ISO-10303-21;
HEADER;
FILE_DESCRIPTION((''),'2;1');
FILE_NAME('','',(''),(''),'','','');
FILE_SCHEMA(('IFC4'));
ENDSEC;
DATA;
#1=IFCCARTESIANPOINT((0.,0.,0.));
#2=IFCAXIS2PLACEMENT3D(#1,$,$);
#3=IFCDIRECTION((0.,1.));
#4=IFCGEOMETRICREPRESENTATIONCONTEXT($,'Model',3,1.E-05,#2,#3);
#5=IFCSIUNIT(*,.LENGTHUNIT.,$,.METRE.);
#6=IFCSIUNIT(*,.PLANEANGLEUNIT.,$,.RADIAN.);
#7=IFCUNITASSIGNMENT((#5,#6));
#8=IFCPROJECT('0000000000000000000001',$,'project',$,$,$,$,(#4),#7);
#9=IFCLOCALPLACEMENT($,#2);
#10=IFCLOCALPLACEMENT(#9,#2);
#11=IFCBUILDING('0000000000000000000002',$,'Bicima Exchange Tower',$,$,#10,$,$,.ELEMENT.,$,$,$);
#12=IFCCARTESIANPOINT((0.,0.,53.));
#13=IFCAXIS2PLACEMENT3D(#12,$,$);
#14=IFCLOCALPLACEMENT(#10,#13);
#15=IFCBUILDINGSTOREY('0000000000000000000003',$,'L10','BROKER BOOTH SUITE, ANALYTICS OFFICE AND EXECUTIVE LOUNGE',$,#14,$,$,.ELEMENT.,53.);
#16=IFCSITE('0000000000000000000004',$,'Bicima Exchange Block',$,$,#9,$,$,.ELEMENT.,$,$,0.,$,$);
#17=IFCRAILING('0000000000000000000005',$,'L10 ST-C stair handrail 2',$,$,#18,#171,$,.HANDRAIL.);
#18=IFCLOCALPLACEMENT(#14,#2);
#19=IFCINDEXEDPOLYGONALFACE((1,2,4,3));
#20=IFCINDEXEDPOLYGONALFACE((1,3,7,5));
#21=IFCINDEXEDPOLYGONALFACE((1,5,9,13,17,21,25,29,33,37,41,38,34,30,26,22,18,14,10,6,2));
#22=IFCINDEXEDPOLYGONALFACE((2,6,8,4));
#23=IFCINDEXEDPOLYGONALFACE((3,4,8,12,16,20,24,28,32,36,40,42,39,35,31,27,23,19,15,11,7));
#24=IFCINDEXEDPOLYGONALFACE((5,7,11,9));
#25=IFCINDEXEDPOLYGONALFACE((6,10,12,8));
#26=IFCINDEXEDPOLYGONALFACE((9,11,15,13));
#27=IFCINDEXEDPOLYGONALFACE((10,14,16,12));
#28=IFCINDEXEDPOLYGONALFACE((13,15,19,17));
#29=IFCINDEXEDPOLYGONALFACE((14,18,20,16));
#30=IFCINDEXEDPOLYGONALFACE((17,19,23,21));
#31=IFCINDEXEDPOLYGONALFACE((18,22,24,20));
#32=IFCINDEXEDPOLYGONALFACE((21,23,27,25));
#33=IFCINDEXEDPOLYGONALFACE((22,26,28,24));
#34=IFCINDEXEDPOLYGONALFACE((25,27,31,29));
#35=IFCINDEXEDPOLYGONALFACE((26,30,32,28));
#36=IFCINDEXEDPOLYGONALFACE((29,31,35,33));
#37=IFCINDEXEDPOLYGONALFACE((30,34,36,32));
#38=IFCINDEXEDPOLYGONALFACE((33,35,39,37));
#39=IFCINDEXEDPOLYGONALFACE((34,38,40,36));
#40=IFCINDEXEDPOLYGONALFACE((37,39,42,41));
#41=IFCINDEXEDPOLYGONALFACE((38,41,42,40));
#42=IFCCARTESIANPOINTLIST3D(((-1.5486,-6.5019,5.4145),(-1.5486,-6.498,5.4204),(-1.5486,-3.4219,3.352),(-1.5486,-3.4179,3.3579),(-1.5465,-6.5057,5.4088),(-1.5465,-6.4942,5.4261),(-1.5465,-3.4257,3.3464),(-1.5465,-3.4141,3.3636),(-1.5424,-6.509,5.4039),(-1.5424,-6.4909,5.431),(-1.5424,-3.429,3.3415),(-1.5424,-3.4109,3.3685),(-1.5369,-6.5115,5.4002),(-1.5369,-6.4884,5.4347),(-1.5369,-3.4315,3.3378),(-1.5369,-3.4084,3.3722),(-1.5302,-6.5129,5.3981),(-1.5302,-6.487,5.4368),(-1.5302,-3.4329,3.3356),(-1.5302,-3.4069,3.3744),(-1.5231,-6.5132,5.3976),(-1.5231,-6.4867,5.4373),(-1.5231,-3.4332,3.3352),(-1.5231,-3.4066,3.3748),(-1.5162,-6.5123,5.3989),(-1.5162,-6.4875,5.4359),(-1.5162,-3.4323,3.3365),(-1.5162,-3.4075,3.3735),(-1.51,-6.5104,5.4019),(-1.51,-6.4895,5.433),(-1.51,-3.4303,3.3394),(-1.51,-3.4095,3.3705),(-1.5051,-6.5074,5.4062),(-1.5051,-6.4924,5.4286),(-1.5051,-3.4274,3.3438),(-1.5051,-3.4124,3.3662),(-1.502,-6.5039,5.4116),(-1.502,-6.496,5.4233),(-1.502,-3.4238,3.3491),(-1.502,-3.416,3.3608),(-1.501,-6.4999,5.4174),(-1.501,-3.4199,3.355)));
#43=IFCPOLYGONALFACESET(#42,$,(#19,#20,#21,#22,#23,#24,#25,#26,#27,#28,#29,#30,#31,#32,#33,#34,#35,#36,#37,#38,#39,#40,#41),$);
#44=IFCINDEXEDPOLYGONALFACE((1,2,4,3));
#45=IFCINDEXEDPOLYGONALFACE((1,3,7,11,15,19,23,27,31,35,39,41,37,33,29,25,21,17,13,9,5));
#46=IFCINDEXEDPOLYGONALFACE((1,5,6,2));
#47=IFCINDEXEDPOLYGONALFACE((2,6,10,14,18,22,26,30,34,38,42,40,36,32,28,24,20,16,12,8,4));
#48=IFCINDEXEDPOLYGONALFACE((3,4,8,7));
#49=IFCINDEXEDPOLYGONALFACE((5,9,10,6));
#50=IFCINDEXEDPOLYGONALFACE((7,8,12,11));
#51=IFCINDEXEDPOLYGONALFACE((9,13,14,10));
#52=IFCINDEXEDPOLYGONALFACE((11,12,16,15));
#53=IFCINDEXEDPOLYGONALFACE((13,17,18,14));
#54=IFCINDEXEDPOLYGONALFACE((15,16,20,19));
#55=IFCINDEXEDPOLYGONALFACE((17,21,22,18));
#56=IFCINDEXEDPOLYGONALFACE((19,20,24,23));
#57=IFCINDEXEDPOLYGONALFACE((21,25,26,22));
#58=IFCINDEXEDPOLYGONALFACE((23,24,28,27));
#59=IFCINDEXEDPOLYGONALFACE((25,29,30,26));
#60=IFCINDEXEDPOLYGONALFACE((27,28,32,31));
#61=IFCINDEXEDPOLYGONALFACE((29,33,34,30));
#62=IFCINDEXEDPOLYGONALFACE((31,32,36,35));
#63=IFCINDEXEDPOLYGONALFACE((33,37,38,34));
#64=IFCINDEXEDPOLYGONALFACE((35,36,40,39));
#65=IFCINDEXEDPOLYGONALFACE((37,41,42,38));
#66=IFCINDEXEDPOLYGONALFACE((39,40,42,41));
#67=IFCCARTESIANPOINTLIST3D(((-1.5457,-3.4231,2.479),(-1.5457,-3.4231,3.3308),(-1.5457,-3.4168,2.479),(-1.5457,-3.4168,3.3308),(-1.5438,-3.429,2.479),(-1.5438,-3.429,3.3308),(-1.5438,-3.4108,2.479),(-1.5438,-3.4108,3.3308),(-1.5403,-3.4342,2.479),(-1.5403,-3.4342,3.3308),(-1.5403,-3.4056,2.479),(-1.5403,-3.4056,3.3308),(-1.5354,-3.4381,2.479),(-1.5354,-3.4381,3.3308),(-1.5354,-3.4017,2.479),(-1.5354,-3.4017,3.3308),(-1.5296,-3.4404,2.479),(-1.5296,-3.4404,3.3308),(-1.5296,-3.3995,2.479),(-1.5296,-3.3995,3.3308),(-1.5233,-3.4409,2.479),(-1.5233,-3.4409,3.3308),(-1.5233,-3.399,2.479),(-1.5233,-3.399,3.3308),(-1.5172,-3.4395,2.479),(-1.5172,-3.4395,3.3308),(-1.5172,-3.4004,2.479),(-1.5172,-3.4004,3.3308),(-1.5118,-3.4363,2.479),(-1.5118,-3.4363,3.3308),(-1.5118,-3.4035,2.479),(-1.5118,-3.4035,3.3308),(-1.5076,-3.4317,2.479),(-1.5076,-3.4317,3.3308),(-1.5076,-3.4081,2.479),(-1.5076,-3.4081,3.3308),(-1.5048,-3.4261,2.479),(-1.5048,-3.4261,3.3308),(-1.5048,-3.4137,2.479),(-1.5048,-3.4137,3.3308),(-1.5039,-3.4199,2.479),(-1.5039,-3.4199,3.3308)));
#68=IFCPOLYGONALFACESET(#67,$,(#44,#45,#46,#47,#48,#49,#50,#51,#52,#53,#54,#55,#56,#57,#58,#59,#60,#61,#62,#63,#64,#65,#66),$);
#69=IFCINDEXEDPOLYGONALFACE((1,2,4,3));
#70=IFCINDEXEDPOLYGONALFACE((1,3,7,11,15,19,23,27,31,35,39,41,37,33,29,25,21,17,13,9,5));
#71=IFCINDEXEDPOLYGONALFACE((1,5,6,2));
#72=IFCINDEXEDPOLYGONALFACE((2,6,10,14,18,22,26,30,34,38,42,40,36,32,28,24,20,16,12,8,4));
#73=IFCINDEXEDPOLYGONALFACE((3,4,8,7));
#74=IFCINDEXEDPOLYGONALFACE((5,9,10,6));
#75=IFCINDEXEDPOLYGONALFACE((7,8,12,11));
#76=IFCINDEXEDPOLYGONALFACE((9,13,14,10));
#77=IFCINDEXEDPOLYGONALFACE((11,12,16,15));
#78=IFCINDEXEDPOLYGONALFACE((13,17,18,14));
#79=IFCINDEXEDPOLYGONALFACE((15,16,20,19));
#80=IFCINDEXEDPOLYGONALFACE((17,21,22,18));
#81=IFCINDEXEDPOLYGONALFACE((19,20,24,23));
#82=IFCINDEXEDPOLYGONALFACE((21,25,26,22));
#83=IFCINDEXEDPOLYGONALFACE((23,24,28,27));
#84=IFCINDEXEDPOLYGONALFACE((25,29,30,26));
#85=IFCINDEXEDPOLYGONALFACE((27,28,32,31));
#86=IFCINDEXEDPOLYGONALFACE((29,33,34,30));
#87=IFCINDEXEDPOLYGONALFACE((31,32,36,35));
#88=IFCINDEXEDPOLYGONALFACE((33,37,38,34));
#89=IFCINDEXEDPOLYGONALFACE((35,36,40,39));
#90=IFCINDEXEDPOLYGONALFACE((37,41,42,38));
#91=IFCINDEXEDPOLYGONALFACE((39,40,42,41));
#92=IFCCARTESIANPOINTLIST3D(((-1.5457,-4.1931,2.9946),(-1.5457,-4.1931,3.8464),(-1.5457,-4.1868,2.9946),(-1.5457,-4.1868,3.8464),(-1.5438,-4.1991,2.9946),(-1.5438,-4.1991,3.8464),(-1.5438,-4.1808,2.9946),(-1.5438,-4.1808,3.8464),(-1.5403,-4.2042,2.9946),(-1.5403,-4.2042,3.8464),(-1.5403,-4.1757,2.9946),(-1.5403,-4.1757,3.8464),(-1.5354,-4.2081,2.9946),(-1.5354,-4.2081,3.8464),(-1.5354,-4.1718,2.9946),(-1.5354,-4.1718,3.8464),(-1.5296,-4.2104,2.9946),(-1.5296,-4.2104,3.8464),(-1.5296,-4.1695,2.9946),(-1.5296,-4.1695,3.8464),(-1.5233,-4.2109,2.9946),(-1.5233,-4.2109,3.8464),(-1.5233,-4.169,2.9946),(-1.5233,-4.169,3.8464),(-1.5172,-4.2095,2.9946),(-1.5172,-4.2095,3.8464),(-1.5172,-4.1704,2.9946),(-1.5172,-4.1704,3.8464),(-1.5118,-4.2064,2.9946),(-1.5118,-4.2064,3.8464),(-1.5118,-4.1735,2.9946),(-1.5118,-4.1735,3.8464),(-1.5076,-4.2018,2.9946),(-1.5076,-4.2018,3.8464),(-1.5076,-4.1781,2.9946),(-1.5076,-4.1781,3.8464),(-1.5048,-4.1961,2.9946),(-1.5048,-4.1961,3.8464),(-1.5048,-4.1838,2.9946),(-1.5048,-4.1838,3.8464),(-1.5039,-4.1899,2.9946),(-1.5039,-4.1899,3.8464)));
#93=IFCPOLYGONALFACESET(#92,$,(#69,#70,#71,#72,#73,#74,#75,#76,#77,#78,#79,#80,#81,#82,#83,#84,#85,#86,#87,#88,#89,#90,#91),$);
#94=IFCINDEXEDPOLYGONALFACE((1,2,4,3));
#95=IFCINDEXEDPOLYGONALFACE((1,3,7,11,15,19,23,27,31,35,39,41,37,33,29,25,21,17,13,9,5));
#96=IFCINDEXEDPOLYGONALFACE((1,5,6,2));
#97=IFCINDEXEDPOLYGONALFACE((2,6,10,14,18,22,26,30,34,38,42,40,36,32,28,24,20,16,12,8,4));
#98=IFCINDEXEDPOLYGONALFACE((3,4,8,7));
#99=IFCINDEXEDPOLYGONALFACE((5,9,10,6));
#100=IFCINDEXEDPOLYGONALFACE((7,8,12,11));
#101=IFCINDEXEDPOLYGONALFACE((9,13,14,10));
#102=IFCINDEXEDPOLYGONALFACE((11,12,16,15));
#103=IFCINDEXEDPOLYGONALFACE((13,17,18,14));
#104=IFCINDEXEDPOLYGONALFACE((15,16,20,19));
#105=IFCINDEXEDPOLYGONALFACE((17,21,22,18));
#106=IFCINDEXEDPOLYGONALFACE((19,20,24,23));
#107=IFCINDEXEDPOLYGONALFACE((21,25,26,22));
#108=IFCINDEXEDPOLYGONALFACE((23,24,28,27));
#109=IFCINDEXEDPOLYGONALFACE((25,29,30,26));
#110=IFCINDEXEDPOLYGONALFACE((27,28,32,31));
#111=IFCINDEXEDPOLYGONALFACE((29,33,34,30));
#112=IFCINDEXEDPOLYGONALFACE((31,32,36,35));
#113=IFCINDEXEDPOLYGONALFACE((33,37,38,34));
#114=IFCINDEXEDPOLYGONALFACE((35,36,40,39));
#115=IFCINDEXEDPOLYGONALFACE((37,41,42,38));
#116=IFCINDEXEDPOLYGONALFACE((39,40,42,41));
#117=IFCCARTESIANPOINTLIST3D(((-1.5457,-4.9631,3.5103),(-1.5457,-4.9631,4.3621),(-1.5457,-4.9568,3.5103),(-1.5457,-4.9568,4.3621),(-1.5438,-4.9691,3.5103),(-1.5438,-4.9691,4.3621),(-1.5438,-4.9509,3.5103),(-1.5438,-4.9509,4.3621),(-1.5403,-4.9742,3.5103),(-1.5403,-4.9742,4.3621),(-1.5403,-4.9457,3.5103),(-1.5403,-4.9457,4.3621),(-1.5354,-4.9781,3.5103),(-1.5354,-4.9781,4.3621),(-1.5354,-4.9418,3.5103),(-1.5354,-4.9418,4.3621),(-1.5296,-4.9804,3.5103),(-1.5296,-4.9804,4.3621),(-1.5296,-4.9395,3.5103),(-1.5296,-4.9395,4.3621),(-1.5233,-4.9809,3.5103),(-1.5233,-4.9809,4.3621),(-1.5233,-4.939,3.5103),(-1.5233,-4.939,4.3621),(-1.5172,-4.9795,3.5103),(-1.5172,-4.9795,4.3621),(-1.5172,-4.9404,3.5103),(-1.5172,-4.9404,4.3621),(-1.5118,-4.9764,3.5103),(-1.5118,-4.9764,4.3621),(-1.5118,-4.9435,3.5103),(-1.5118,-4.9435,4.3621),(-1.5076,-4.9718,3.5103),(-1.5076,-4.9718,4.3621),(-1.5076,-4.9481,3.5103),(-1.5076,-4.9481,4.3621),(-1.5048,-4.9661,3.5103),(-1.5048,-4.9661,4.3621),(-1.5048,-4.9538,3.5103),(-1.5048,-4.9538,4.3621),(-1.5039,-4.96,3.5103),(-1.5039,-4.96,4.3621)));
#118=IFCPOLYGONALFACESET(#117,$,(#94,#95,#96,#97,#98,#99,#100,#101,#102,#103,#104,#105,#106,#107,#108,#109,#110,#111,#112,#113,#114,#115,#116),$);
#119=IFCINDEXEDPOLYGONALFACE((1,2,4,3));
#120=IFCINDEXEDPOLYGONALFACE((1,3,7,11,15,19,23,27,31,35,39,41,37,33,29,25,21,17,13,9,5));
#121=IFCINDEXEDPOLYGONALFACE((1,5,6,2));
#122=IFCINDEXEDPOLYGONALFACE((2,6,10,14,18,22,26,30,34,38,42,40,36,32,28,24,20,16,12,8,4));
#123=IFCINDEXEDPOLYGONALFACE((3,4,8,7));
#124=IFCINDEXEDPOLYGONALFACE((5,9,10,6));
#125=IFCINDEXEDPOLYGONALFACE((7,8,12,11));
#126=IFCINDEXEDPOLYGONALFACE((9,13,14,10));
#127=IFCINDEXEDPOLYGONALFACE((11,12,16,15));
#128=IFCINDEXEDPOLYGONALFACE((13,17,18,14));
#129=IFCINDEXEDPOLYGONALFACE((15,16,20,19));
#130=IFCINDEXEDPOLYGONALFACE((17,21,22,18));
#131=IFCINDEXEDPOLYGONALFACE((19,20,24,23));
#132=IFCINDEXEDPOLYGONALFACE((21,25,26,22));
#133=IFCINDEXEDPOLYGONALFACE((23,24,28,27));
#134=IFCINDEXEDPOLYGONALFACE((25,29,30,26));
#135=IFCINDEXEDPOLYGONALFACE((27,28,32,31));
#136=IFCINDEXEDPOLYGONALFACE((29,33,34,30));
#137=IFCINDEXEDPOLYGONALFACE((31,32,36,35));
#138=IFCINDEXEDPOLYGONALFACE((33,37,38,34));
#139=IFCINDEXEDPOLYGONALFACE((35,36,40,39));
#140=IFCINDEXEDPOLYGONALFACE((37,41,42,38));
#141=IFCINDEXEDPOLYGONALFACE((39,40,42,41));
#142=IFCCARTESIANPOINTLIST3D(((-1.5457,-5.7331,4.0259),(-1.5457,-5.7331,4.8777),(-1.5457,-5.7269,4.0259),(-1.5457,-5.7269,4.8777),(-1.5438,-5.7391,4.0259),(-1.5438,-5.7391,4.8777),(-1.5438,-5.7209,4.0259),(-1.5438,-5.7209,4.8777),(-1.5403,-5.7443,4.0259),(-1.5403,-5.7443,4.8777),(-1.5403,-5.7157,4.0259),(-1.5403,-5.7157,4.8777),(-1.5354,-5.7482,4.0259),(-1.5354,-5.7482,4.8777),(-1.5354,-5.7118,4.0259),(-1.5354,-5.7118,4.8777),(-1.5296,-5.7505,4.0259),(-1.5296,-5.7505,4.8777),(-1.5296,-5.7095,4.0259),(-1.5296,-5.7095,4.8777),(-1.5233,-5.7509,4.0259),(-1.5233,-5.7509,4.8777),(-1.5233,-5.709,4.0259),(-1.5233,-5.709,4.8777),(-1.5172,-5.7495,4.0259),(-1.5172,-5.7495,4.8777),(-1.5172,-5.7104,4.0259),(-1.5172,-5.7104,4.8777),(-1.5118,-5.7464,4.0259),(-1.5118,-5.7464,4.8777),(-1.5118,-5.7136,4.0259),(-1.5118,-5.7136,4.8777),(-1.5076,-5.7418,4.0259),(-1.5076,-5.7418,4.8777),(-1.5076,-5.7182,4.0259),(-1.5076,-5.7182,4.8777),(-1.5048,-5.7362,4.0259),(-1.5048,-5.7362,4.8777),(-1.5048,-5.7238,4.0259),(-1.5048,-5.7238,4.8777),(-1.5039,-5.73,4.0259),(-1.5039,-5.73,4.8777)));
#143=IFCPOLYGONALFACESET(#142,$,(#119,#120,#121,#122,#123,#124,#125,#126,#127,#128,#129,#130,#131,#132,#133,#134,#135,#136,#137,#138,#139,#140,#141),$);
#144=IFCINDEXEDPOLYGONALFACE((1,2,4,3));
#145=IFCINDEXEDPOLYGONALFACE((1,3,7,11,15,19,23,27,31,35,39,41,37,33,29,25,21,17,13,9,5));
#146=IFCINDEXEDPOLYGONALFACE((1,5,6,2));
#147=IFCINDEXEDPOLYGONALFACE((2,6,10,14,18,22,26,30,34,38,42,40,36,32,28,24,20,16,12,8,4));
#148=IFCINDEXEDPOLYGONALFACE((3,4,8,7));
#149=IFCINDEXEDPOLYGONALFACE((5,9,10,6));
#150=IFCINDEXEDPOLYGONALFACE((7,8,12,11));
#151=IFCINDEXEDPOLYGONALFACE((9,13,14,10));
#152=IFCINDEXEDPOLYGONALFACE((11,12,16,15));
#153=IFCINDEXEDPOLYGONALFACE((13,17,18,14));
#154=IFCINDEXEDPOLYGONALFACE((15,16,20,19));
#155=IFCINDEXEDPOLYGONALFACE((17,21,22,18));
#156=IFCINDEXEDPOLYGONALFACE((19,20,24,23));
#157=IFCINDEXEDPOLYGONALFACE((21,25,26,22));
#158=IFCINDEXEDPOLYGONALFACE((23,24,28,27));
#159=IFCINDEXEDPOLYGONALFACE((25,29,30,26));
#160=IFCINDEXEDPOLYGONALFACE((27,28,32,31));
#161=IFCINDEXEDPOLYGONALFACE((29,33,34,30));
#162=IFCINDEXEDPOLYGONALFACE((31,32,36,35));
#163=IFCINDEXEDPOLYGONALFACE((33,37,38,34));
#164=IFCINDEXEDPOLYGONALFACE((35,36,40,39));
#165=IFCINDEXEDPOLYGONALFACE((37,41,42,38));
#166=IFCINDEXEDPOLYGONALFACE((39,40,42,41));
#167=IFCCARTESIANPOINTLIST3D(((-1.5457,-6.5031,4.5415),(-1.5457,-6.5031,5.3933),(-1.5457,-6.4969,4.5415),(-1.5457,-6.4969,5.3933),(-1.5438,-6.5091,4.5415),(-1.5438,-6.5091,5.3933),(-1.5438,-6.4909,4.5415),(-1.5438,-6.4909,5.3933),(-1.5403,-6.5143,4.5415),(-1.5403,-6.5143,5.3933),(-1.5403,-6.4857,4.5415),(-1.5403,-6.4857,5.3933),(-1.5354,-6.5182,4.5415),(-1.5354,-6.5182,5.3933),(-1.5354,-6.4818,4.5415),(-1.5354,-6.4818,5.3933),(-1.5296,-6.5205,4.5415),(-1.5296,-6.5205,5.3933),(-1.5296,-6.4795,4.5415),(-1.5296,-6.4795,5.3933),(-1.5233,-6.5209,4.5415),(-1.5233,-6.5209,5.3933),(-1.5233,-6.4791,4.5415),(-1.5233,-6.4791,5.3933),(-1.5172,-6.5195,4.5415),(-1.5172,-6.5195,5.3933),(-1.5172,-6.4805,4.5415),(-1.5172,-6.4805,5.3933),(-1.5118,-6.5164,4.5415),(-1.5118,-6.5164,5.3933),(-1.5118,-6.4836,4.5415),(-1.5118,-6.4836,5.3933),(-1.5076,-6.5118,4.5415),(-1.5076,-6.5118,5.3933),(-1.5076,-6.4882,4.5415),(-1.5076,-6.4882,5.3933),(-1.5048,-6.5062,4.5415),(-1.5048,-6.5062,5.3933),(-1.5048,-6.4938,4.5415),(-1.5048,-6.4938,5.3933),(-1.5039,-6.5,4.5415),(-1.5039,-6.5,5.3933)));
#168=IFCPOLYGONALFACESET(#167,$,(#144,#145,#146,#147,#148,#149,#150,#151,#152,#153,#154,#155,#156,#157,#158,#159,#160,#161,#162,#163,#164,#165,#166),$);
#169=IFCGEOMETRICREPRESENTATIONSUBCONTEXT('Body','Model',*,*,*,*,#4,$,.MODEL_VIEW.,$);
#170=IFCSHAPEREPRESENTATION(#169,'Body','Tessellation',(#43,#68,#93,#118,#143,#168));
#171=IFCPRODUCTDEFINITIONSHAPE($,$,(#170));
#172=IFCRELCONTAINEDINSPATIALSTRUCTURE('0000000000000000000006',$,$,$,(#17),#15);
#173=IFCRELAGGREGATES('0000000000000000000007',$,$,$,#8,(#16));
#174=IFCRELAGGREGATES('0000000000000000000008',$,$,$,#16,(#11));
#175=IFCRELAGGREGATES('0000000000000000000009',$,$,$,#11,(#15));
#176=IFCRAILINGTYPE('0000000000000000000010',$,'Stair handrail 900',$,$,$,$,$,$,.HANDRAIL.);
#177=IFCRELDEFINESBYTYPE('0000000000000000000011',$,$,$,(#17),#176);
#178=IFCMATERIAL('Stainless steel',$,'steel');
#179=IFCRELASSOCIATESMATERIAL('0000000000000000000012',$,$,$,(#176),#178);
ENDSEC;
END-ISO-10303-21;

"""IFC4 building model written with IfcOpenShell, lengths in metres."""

from ifc_helpers import new_model, si_unit, direction, frame, origin, origin_2d, place, context, subcontext, project, spatial, circle, extrude, material, type_object, element, save


model = new_model("IFC4")

# Units and contexts
model_context = context("Model", 3, precision=1e-05, world=origin(), true_north=direction((0.0, 1.0)))
body_context = subcontext(model_context, "Body", "Model", "MODEL_VIEW")
ifc_project = project(units=[si_unit("LENGTHUNIT", "METRE"), si_unit("PLANEANGLEUNIT", "RADIAN")], contexts=[model_context])

# Site, building, storey
site_placement = place(None, origin())
site = spatial("IfcSite", under=ifc_project, at=site_placement, Name="Bicima Exchange Block", CompositionType="ELEMENT", RefElevation=0.0)
building_placement = place(site_placement, origin())
building = spatial("IfcBuilding", under=site, at=building_placement, Name="Bicima Exchange Tower", CompositionType="ELEMENT")
storey_placement = place(building_placement, frame((0.0, 0.0, 53.0)))
storey = spatial("IfcBuildingStorey", under=building, at=storey_placement, Name="L10", Description="BROKER BOOTH SUITE, ANALYTICS OFFICE AND EXECUTIVE LOUNGE", CompositionType="ELEMENT", Elevation=53.0)

# Railing
ifc_material_1 = material(Name="Stainless steel", Category="steel")
railing_type = type_object("IfcRailingType", Name="Stair handrail 900", PredefinedType="HANDRAIL", material=ifc_material_1)
railing_placement = place(storey_placement, frame((-1.5249, -3.4199, 2.479)))
element("IfcRailing", 1, at=railing_placement, inside=storey, type_object=railing_type, Name="L10 ST-C stair handrail 2", PredefinedType="HANDRAIL", context=body_context, shape_type="SweptSolid", body=[
    extrude(circle(Radius=0.0239, at=origin_2d()), frame((0.0, 0.0, 0.876), z_axis=(0.0, -0.830914, 0.556401), x_axis=(1.0, 0.0, 0.0)), (0.0, 0.0, 1.0), 3.7068),
    extrude(circle(Radius=0.021, at=origin_2d()), origin(), (0.0, 0.0, 1.0), 0.8518),
    extrude(circle(Radius=0.021, at=origin_2d()), frame((0.0, -0.77, 0.5156)), (0.0, 0.0, 1.0), 0.8518),
    extrude(circle(Radius=0.021, at=origin_2d()), frame((0.0, -1.54, 1.0312)), (0.0, 0.0, 1.0), 0.8518),
    extrude(circle(Radius=0.021, at=origin_2d()), frame((0.0, -2.3101, 1.5469)), (0.0, 0.0, 1.0), 0.8518),
    extrude(circle(Radius=0.021, at=origin_2d()), frame((0.0, -3.0801, 2.0625)), (0.0, 0.0, 1.0), 0.8518),
])

save(model, "model.ifc")
